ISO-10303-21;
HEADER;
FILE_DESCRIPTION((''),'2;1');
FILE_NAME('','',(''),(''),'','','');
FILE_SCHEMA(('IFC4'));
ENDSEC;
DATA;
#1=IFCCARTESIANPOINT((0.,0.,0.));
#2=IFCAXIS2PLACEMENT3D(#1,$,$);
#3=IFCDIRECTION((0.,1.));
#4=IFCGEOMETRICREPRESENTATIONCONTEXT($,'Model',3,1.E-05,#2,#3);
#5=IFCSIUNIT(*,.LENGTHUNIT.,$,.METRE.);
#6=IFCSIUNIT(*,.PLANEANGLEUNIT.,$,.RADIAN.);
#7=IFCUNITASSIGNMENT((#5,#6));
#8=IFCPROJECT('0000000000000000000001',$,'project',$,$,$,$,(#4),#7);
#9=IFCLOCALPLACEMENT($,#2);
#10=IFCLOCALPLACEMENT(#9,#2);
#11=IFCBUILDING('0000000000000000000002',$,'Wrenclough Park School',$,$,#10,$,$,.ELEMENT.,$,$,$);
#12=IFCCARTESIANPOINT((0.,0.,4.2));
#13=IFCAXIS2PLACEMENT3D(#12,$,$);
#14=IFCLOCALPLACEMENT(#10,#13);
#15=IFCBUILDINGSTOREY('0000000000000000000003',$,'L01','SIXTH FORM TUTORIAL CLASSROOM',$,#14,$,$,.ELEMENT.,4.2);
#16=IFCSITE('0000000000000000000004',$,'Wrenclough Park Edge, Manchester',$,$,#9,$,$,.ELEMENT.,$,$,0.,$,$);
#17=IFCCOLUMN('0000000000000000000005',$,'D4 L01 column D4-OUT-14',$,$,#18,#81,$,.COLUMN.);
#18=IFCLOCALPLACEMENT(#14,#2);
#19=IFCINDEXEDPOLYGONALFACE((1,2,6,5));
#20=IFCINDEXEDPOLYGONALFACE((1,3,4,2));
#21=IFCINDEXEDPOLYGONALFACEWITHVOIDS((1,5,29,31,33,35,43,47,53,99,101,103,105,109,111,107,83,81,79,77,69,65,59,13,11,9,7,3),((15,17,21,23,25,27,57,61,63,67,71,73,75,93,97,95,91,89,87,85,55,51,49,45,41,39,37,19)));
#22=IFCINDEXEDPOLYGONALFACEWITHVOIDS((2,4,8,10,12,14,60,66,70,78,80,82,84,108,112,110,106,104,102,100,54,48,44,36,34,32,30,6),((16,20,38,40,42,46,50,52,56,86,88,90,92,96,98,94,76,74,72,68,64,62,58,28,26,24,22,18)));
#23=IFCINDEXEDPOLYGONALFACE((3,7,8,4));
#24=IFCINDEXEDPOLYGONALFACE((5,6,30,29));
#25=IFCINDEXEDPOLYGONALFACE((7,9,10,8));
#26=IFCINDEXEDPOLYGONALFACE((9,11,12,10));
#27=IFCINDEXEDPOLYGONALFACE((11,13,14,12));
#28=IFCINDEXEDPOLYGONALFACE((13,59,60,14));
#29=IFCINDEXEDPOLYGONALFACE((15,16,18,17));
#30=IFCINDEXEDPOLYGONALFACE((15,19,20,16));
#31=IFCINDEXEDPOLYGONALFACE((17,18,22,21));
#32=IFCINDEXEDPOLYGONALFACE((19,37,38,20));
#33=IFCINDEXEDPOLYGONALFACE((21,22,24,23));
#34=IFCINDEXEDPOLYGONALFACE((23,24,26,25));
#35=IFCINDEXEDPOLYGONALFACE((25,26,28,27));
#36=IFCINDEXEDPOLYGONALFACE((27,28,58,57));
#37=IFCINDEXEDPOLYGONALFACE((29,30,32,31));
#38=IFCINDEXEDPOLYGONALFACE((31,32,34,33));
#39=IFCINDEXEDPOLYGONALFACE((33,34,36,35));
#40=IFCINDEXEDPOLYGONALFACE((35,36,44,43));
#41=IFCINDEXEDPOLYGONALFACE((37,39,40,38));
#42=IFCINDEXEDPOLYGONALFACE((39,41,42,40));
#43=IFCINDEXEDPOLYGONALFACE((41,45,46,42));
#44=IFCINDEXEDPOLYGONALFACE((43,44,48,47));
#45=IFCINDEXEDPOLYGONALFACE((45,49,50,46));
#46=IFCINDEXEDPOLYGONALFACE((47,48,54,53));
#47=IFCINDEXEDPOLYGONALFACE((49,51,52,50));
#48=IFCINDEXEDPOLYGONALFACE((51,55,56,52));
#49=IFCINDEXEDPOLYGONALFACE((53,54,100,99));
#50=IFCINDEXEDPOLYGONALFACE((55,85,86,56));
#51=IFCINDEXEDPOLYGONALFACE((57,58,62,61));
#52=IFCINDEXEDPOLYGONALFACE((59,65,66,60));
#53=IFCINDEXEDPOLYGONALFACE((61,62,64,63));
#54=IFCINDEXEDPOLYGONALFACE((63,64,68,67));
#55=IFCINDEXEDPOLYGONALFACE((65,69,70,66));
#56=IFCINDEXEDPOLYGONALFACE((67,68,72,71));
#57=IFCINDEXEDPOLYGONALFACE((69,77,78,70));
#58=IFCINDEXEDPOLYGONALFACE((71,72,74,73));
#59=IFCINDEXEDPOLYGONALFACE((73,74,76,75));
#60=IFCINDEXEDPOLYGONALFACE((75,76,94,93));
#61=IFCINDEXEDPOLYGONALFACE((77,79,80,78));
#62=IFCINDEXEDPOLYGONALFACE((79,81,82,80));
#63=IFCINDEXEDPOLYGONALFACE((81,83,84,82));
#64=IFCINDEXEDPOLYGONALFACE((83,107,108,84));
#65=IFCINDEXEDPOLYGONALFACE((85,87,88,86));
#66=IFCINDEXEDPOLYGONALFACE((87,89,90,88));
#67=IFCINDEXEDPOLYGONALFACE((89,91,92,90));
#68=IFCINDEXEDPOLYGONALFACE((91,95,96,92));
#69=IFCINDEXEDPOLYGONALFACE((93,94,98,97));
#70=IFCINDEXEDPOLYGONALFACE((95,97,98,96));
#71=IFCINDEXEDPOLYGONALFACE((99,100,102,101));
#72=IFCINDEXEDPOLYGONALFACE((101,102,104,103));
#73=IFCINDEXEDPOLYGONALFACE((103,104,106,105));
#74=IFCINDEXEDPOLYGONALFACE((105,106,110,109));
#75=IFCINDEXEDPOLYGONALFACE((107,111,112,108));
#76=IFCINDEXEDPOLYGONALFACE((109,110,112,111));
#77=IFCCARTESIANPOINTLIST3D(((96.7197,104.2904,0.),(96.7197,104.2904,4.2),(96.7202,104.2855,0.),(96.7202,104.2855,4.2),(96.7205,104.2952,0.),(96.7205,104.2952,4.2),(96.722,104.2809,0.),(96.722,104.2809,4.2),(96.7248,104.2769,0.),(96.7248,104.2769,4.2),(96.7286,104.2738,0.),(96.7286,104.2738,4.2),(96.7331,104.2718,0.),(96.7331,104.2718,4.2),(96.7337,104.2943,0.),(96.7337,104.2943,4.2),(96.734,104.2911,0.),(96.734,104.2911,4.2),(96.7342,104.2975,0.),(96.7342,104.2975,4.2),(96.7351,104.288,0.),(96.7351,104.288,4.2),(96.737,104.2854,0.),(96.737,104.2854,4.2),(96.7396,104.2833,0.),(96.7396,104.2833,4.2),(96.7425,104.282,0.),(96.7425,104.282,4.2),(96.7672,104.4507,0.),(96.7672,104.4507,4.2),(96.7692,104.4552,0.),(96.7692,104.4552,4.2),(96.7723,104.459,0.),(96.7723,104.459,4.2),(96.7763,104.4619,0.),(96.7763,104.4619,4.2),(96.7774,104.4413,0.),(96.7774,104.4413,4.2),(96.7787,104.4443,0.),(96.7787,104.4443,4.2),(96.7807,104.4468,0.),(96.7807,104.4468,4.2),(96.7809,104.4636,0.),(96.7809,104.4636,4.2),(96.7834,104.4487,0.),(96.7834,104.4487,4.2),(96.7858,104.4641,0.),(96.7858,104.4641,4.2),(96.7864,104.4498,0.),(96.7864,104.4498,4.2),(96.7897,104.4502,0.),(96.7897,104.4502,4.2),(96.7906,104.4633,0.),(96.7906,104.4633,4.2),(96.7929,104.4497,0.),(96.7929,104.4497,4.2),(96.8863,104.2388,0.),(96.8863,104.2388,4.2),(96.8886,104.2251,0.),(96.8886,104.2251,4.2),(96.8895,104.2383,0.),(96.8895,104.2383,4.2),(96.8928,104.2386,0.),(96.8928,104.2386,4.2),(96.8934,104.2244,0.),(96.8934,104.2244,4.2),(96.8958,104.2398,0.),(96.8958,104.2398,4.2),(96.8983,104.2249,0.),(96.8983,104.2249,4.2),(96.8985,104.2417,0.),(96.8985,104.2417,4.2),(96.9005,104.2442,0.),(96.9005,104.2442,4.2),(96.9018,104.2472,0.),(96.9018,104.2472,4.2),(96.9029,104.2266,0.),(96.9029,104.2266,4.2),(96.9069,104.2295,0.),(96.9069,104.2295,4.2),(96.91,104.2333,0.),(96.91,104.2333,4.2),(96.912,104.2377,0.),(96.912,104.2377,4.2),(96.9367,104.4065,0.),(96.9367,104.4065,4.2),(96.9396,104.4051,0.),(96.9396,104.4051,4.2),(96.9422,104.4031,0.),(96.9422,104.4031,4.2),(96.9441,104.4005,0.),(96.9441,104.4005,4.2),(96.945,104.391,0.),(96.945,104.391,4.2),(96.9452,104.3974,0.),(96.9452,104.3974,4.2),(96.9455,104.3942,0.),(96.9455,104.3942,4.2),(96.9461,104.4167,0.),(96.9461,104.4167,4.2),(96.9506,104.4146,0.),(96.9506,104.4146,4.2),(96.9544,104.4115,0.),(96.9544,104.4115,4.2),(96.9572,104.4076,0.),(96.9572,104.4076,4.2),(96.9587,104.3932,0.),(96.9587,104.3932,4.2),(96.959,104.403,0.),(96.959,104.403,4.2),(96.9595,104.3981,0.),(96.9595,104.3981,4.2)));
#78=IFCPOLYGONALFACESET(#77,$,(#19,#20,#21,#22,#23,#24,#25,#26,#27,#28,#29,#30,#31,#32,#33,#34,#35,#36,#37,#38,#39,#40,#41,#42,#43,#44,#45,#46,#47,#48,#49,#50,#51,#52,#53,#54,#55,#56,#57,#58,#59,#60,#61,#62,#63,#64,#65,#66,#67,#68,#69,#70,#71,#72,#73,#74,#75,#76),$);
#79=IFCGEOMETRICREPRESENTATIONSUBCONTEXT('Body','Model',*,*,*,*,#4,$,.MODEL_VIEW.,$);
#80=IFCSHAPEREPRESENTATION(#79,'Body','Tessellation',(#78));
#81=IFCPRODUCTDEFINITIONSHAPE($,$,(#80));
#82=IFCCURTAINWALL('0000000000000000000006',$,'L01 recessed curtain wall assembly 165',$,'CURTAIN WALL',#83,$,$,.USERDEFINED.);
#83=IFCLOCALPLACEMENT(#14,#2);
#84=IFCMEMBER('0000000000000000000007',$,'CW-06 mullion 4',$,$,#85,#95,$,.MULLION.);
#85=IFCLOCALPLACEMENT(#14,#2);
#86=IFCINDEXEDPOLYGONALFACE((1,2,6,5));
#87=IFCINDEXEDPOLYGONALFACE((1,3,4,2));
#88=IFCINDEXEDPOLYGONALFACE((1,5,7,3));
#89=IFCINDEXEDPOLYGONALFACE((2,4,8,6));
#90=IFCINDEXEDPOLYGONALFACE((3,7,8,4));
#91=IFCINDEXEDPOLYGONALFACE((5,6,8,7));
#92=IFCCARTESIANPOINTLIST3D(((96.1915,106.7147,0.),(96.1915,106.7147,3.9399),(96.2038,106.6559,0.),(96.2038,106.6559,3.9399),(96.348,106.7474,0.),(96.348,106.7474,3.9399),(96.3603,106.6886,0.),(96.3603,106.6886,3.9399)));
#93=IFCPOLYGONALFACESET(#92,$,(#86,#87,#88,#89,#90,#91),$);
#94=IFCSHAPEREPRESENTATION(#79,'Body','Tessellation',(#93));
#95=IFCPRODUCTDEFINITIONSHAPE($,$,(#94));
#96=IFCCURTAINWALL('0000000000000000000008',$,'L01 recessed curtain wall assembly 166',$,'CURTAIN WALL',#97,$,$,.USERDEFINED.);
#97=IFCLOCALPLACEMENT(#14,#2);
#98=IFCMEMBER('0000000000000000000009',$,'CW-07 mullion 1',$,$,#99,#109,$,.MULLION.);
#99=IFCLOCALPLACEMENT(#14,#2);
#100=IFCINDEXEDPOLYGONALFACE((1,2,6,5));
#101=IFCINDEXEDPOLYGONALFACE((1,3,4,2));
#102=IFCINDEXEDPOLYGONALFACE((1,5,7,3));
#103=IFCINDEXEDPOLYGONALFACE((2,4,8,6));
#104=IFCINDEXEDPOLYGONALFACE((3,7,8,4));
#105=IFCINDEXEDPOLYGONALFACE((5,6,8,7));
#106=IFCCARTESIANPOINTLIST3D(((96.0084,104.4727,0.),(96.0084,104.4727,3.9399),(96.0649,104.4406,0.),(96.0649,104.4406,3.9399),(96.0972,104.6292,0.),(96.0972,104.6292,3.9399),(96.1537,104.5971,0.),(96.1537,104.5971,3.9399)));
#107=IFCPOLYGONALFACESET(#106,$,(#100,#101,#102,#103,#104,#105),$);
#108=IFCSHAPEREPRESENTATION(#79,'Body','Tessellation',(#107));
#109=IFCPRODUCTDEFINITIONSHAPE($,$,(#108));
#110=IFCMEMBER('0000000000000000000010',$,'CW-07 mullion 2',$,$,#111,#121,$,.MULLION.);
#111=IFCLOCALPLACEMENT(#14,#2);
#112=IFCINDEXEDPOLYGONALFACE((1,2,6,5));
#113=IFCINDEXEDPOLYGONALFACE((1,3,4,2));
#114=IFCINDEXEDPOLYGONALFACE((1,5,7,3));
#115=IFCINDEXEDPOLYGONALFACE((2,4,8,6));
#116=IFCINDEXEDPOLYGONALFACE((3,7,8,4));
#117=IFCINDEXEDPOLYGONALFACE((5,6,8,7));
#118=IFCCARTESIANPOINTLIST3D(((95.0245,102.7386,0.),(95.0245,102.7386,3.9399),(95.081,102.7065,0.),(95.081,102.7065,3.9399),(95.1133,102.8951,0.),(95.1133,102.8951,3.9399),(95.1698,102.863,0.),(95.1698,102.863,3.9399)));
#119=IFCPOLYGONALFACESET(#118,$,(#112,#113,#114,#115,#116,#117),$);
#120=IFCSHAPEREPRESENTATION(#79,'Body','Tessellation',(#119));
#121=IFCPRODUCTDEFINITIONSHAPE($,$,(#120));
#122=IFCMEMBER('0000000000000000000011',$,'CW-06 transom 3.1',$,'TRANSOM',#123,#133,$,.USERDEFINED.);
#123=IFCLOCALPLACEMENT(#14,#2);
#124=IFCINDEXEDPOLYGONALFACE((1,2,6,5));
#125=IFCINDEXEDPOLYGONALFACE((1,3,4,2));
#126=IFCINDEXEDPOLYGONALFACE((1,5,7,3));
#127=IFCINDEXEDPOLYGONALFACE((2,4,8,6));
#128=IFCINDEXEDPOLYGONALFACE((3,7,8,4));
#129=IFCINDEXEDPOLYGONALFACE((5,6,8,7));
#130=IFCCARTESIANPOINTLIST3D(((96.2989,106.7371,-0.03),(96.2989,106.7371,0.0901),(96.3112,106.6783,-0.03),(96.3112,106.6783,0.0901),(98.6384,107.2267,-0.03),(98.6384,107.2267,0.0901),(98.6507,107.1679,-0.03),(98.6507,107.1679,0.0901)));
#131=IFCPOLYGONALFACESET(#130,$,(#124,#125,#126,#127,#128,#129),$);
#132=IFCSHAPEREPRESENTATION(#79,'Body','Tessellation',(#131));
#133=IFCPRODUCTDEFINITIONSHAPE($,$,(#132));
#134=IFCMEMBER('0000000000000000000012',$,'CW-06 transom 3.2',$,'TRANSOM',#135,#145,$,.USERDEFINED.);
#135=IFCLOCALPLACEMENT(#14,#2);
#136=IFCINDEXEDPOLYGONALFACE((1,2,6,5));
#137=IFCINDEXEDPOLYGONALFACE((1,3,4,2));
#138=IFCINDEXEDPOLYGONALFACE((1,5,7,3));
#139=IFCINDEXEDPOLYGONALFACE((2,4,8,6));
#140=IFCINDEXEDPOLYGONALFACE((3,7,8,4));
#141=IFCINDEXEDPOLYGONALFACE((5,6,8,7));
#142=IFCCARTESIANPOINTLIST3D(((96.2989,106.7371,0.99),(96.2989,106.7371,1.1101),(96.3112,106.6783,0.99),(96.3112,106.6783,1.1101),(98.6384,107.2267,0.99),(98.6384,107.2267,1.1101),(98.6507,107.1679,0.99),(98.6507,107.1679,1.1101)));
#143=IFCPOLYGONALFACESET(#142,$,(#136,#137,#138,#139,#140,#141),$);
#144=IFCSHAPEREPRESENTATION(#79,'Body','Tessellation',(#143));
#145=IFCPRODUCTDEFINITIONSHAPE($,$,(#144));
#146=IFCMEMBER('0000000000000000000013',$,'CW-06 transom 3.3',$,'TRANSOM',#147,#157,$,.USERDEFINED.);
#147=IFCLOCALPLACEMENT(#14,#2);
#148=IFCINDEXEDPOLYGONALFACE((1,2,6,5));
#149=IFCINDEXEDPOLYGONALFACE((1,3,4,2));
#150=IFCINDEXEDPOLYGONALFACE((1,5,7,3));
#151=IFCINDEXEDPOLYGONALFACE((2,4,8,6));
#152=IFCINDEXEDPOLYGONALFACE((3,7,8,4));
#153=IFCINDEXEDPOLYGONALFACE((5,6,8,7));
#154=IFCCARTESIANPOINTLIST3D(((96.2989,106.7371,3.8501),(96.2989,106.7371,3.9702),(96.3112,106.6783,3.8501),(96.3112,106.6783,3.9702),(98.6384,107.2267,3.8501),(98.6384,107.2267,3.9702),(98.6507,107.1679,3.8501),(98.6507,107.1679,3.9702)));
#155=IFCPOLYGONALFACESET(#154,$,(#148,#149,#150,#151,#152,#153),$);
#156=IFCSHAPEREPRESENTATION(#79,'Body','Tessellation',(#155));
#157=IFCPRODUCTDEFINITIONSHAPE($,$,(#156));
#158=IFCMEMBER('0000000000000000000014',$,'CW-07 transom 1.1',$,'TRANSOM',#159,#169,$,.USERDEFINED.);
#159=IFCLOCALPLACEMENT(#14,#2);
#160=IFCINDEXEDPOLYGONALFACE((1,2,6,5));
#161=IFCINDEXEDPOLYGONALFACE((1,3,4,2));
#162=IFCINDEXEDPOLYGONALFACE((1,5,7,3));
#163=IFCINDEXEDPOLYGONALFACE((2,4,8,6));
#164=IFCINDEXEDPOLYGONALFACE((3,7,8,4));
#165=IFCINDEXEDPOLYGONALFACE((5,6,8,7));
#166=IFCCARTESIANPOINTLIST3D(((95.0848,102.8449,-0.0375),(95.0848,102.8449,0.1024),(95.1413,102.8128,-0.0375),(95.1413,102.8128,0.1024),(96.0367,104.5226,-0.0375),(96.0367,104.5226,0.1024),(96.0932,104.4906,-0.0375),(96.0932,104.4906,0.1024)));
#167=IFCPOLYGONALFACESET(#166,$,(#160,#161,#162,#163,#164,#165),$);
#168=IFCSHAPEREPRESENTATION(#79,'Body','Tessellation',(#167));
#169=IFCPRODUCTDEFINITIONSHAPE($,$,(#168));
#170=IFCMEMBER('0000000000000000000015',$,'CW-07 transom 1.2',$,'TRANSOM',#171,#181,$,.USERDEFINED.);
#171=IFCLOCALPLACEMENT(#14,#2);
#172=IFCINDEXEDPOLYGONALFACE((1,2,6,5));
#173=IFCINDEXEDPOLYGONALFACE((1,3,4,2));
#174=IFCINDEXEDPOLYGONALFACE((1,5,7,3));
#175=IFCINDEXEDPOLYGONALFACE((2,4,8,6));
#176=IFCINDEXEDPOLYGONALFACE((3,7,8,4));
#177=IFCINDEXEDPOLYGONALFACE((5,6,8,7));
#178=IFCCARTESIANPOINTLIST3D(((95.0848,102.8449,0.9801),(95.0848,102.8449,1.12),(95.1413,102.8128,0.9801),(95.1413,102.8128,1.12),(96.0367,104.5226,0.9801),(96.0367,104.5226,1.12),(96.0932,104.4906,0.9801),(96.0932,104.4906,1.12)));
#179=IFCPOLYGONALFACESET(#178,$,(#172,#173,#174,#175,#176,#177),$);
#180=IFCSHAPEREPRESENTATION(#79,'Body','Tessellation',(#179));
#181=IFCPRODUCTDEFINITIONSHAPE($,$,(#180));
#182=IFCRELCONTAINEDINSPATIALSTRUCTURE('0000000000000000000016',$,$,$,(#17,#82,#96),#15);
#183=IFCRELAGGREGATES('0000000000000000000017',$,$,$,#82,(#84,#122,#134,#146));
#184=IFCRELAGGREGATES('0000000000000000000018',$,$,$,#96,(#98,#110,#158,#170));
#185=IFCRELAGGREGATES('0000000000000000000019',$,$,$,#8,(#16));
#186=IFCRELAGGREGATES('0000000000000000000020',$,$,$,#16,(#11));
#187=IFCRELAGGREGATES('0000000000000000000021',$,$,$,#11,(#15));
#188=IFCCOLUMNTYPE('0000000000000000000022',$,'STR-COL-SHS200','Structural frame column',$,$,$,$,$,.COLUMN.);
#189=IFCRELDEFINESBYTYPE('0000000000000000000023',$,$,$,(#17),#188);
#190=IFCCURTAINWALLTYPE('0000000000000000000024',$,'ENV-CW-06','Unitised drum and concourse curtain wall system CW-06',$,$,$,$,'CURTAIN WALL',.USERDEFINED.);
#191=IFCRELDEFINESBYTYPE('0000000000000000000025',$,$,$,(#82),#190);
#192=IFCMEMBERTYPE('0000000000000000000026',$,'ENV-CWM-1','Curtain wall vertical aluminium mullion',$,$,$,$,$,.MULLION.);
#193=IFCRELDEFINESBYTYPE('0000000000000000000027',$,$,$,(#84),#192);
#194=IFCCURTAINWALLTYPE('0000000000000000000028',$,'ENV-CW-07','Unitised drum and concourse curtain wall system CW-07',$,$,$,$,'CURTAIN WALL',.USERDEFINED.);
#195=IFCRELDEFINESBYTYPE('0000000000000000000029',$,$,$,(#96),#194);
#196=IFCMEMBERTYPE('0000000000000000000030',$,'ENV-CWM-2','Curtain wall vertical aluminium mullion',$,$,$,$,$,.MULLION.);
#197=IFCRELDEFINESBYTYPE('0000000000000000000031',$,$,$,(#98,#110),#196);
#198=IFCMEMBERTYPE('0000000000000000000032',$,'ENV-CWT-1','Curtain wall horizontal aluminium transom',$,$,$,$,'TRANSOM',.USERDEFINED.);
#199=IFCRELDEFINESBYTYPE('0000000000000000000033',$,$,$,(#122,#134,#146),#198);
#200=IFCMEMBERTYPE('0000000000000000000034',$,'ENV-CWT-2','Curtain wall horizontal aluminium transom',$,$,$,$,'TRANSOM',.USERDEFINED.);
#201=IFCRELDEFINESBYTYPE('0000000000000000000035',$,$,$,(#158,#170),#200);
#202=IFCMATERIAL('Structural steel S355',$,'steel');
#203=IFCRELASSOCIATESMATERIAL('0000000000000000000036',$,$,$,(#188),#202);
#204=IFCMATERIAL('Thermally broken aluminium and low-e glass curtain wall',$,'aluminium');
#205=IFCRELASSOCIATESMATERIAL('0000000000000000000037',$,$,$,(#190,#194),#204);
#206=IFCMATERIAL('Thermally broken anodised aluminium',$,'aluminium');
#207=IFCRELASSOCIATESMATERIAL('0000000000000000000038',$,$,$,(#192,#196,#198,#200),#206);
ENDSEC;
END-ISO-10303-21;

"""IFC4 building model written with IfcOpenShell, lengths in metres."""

from ifc_helpers import new_model, si_unit, direction, frame, origin, origin_2d, place, context, subcontext, project, spatial, rectangle, hollow_rectangle, extrude, material, material_profile, profile_set, type_object, element, aggregate, save


model = new_model("IFC4")

# Units and contexts
model_context = context("Model", 3, precision=1e-05, world=origin(), true_north=direction((0.0, 1.0)))
body_context = subcontext(model_context, "Body", "Model", "MODEL_VIEW")
ifc_project = project(units=[si_unit("LENGTHUNIT", "METRE"), si_unit("PLANEANGLEUNIT", "RADIAN")], contexts=[model_context])

# Site, building, storey
site_placement = place(None, origin())
site = spatial("IfcSite", under=ifc_project, at=site_placement, Name="Wrenclough Park Edge, Manchester", CompositionType="ELEMENT", RefElevation=0.0)
building_placement = place(site_placement, origin())
building = spatial("IfcBuilding", under=site, at=building_placement, Name="Wrenclough Park School", CompositionType="ELEMENT")
storey_placement = place(building_placement, frame((0.0, 0.0, 4.2)))
storey = spatial("IfcBuildingStorey", under=building, at=storey_placement, Name="L01", Description="SIXTH FORM TUTORIAL CLASSROOM", CompositionType="ELEMENT", Elevation=4.2)

# Column
ifc_material_1 = material(Name="Structural steel S355", Category="steel")
ifc_material_profile_1 = material_profile(ifc_material_1, hollow_rectangle(XDim=0.2, YDim=0.2, WallThickness=0.0125, InnerFilletRadius=0.0125, OuterFilletRadius=0.0188, at=origin_2d()), Name="SHS 200x200x12.5")
ifc_profile_set_1 = profile_set([ifc_material_profile_1], Name="Structural steel S355")
column_type = type_object("IfcColumnType", Name="STR-COL-SHS200", Description="Structural frame column", PredefinedType="COLUMN", material=ifc_profile_set_1)
column_placement = place(storey_placement, frame((96.8396, 104.3442, 0.0), z_axis=(0.0, 0.0, 1.0), x_axis=(0.287528, 0.957772, 0.0)))
element("IfcColumn", 1, at=column_placement, inside=storey, type_object=column_type, Name="D4 L01 column D4-OUT-14", PredefinedType="COLUMN", context=body_context, shape_type="SweptSolid", body=[
    extrude(hollow_rectangle(XDim=0.2, YDim=0.2, WallThickness=0.0125, InnerFilletRadius=0.0125, OuterFilletRadius=0.0188, at=origin_2d()), origin(), (0.0, 0.0, 1.0), 4.2),
])

# Curtain wall, member
ifc_material_2 = material(Name="Thermally broken aluminium and low-e glass curtain wall", Category="aluminium")
curtain_wall_type_1 = type_object("IfcCurtainWallType", Name="ENV-CW-06", Description="Unitised drum and concourse curtain wall system CW-06", ElementType="CURTAIN WALL", PredefinedType="USERDEFINED", material=ifc_material_2)
curtain_wall_1_placement = place(storey_placement, origin())
curtain_wall_1 = element("IfcCurtainWall", 2, at=curtain_wall_1_placement, inside=storey, type_object=curtain_wall_type_1, Name="L01 recessed curtain wall assembly 165", ObjectType="CURTAIN WALL", PredefinedType="USERDEFINED")
ifc_material_3 = material(Name="Thermally broken anodised aluminium", Category="aluminium")
ifc_material_profile_2 = material_profile(ifc_material_3, rectangle(XDim=0.0601, YDim=0.1599, at=origin_2d()), Name="AL MULLION 60x160")
ifc_profile_set_2 = profile_set([ifc_material_profile_2], Name="Thermally broken anodised aluminium")
member_type_1 = type_object("IfcMemberType", Name="ENV-CWM-1", Description="Curtain wall vertical aluminium mullion", PredefinedType="MULLION", material=ifc_profile_set_2)
member_1_placement = place(storey_placement, frame((96.2759, 106.7017, 0.0), z_axis=(0.0, 0.0, 1.0), x_axis=(0.204874, -0.978788, 0.0)))
member_1 = element("IfcMember", 3, at=member_1_placement, type_object=member_type_1, Name="CW-06 mullion 4", PredefinedType="MULLION", context=body_context, shape_type="SweptSolid", body=[
    extrude(rectangle(XDim=0.0601, YDim=0.1599, at=origin_2d()), origin(), (0.0, 0.0, 1.0), 3.9399),
])

# Curtain wall, members
curtain_wall_type_2 = type_object("IfcCurtainWallType", Name="ENV-CW-07", Description="Unitised drum and concourse curtain wall system CW-07", ElementType="CURTAIN WALL", PredefinedType="USERDEFINED", material=ifc_material_2)
curtain_wall_2_placement = place(storey_placement, origin())
curtain_wall_2 = element("IfcCurtainWall", 4, at=curtain_wall_2_placement, inside=storey, type_object=curtain_wall_type_2, Name="L01 recessed curtain wall assembly 166", ObjectType="CURTAIN WALL", PredefinedType="USERDEFINED")
ifc_material_profile_3 = material_profile(ifc_material_3, rectangle(XDim=0.0649, YDim=0.1799, at=origin_2d()), Name="AL MULLION 65x180")
ifc_profile_set_3 = profile_set([ifc_material_profile_3], Name="Thermally broken anodised aluminium")
member_type_2 = type_object("IfcMemberType", Name="ENV-CWM-2", Description="Curtain wall vertical aluminium mullion", PredefinedType="MULLION", material=ifc_profile_set_3)
member_2_placement = place(storey_placement, frame((96.0811, 104.5349, 0.0), z_axis=(0.0, 0.0, 1.0), x_axis=(0.869745, -0.493501, 0.0)))
member_2 = element("IfcMember", 5, at=member_2_placement, type_object=member_type_2, Name="CW-07 mullion 1", PredefinedType="MULLION", context=body_context, shape_type="SweptSolid", body=[
    extrude(rectangle(XDim=0.0649, YDim=0.1799, at=origin_2d()), origin(), (0.0, 0.0, 1.0), 3.9399),
])
member_3_placement = place(storey_placement, frame((95.0972, 102.8008, 0.0), z_axis=(0.0, 0.0, 1.0), x_axis=(0.869745, -0.493501, 0.0)))
member_3 = element("IfcMember", 6, at=member_3_placement, type_object=member_type_2, Name="CW-07 mullion 2", PredefinedType="MULLION", context=body_context, shape_type="SweptSolid", body=[
    extrude(rectangle(XDim=0.0649, YDim=0.1799, at=origin_2d()), origin(), (0.0, 0.0, 1.0), 3.9399),
])

# Members
ifc_material_profile_4 = material_profile(ifc_material_3, rectangle(XDim=0.0601, YDim=0.1201, at=origin_2d()), Name="AL TRANSOM 60x120")
ifc_profile_set_4 = profile_set([ifc_material_profile_4], Name="Thermally broken anodised aluminium")
member_type_3 = type_object("IfcMemberType", Name="ENV-CWT-1", Description="Curtain wall horizontal aluminium transom", ElementType="TRANSOM", PredefinedType="USERDEFINED", material=ifc_profile_set_4)
member_4_placement = place(storey_placement, frame((98.6445, 107.1973, 0.03), z_axis=(-0.978802, -0.204811, 0.0), x_axis=(0.204811, -0.978802, 0.0)))
member_4 = element("IfcMember", 7, at=member_4_placement, type_object=member_type_3, Name="CW-06 transom 3.1", ObjectType="TRANSOM", PredefinedType="USERDEFINED", context=body_context, shape_type="SweptSolid", body=[
    extrude(rectangle(XDim=0.0601, YDim=0.1201, at=origin_2d()), origin(), (0.0, 0.0, 1.0), 2.3901),
])
member_5_placement = place(storey_placement, frame((98.6445, 107.1973, 1.05), z_axis=(-0.978802, -0.204811, 0.0), x_axis=(0.204811, -0.978802, 0.0)))
member_5 = element("IfcMember", 8, at=member_5_placement, type_object=member_type_3, Name="CW-06 transom 3.2", ObjectType="TRANSOM", PredefinedType="USERDEFINED", context=body_context, shape_type="SweptSolid", body=[
    extrude(rectangle(XDim=0.0601, YDim=0.1201, at=origin_2d()), origin(), (0.0, 0.0, 1.0), 2.3901),
])
member_6_placement = place(storey_placement, frame((98.6445, 107.1973, 3.9102), z_axis=(-0.978802, -0.204811, 0.0), x_axis=(0.204811, -0.978802, 0.0)))
member_6 = element("IfcMember", 9, at=member_6_placement, type_object=member_type_3, Name="CW-06 transom 3.3", ObjectType="TRANSOM", PredefinedType="USERDEFINED", context=body_context, shape_type="SweptSolid", body=[
    extrude(rectangle(XDim=0.0601, YDim=0.1201, at=origin_2d()), origin(), (0.0, 0.0, 1.0), 2.3901),
])
ifc_material_profile_5 = material_profile(ifc_material_3, rectangle(XDim=0.0649, YDim=0.1399, at=origin_2d()), Name="AL TRANSOM 65x140")
ifc_profile_set_5 = profile_set([ifc_material_profile_5], Name="Thermally broken anodised aluminium")
member_type_4 = type_object("IfcMemberType", Name="ENV-CWT-2", Description="Curtain wall horizontal aluminium transom", ElementType="TRANSOM", PredefinedType="USERDEFINED", material=ifc_profile_set_5)
member_7_placement = place(storey_placement, frame((96.0649, 104.5066, 0.0325), z_axis=(-0.493479, -0.869758, 0.0), x_axis=(0.869758, -0.493479, 0.0)))
member_7 = element("IfcMember", 10, at=member_7_placement, type_object=member_type_4, Name="CW-07 transom 1.1", ObjectType="TRANSOM", PredefinedType="USERDEFINED", context=body_context, shape_type="SweptSolid", body=[
    extrude(rectangle(XDim=0.0649, YDim=0.1399, at=origin_2d()), origin(), (0.0, 0.0, 1.0), 1.929),
])
member_8_placement = place(storey_placement, frame((96.0649, 104.5066, 1.05), z_axis=(-0.493479, -0.869758, 0.0), x_axis=(0.869758, -0.493479, 0.0)))
member_8 = element("IfcMember", 11, at=member_8_placement, type_object=member_type_4, Name="CW-07 transom 1.2", ObjectType="TRANSOM", PredefinedType="USERDEFINED", context=body_context, shape_type="SweptSolid", body=[
    extrude(rectangle(XDim=0.0649, YDim=0.1399, at=origin_2d()), origin(), (0.0, 0.0, 1.0), 1.929),
])

aggregate(curtain_wall_1, [member_1, member_4, member_5, member_6])
aggregate(curtain_wall_2, [member_2, member_3, member_7, member_8])

save(model, "model.ifc")
